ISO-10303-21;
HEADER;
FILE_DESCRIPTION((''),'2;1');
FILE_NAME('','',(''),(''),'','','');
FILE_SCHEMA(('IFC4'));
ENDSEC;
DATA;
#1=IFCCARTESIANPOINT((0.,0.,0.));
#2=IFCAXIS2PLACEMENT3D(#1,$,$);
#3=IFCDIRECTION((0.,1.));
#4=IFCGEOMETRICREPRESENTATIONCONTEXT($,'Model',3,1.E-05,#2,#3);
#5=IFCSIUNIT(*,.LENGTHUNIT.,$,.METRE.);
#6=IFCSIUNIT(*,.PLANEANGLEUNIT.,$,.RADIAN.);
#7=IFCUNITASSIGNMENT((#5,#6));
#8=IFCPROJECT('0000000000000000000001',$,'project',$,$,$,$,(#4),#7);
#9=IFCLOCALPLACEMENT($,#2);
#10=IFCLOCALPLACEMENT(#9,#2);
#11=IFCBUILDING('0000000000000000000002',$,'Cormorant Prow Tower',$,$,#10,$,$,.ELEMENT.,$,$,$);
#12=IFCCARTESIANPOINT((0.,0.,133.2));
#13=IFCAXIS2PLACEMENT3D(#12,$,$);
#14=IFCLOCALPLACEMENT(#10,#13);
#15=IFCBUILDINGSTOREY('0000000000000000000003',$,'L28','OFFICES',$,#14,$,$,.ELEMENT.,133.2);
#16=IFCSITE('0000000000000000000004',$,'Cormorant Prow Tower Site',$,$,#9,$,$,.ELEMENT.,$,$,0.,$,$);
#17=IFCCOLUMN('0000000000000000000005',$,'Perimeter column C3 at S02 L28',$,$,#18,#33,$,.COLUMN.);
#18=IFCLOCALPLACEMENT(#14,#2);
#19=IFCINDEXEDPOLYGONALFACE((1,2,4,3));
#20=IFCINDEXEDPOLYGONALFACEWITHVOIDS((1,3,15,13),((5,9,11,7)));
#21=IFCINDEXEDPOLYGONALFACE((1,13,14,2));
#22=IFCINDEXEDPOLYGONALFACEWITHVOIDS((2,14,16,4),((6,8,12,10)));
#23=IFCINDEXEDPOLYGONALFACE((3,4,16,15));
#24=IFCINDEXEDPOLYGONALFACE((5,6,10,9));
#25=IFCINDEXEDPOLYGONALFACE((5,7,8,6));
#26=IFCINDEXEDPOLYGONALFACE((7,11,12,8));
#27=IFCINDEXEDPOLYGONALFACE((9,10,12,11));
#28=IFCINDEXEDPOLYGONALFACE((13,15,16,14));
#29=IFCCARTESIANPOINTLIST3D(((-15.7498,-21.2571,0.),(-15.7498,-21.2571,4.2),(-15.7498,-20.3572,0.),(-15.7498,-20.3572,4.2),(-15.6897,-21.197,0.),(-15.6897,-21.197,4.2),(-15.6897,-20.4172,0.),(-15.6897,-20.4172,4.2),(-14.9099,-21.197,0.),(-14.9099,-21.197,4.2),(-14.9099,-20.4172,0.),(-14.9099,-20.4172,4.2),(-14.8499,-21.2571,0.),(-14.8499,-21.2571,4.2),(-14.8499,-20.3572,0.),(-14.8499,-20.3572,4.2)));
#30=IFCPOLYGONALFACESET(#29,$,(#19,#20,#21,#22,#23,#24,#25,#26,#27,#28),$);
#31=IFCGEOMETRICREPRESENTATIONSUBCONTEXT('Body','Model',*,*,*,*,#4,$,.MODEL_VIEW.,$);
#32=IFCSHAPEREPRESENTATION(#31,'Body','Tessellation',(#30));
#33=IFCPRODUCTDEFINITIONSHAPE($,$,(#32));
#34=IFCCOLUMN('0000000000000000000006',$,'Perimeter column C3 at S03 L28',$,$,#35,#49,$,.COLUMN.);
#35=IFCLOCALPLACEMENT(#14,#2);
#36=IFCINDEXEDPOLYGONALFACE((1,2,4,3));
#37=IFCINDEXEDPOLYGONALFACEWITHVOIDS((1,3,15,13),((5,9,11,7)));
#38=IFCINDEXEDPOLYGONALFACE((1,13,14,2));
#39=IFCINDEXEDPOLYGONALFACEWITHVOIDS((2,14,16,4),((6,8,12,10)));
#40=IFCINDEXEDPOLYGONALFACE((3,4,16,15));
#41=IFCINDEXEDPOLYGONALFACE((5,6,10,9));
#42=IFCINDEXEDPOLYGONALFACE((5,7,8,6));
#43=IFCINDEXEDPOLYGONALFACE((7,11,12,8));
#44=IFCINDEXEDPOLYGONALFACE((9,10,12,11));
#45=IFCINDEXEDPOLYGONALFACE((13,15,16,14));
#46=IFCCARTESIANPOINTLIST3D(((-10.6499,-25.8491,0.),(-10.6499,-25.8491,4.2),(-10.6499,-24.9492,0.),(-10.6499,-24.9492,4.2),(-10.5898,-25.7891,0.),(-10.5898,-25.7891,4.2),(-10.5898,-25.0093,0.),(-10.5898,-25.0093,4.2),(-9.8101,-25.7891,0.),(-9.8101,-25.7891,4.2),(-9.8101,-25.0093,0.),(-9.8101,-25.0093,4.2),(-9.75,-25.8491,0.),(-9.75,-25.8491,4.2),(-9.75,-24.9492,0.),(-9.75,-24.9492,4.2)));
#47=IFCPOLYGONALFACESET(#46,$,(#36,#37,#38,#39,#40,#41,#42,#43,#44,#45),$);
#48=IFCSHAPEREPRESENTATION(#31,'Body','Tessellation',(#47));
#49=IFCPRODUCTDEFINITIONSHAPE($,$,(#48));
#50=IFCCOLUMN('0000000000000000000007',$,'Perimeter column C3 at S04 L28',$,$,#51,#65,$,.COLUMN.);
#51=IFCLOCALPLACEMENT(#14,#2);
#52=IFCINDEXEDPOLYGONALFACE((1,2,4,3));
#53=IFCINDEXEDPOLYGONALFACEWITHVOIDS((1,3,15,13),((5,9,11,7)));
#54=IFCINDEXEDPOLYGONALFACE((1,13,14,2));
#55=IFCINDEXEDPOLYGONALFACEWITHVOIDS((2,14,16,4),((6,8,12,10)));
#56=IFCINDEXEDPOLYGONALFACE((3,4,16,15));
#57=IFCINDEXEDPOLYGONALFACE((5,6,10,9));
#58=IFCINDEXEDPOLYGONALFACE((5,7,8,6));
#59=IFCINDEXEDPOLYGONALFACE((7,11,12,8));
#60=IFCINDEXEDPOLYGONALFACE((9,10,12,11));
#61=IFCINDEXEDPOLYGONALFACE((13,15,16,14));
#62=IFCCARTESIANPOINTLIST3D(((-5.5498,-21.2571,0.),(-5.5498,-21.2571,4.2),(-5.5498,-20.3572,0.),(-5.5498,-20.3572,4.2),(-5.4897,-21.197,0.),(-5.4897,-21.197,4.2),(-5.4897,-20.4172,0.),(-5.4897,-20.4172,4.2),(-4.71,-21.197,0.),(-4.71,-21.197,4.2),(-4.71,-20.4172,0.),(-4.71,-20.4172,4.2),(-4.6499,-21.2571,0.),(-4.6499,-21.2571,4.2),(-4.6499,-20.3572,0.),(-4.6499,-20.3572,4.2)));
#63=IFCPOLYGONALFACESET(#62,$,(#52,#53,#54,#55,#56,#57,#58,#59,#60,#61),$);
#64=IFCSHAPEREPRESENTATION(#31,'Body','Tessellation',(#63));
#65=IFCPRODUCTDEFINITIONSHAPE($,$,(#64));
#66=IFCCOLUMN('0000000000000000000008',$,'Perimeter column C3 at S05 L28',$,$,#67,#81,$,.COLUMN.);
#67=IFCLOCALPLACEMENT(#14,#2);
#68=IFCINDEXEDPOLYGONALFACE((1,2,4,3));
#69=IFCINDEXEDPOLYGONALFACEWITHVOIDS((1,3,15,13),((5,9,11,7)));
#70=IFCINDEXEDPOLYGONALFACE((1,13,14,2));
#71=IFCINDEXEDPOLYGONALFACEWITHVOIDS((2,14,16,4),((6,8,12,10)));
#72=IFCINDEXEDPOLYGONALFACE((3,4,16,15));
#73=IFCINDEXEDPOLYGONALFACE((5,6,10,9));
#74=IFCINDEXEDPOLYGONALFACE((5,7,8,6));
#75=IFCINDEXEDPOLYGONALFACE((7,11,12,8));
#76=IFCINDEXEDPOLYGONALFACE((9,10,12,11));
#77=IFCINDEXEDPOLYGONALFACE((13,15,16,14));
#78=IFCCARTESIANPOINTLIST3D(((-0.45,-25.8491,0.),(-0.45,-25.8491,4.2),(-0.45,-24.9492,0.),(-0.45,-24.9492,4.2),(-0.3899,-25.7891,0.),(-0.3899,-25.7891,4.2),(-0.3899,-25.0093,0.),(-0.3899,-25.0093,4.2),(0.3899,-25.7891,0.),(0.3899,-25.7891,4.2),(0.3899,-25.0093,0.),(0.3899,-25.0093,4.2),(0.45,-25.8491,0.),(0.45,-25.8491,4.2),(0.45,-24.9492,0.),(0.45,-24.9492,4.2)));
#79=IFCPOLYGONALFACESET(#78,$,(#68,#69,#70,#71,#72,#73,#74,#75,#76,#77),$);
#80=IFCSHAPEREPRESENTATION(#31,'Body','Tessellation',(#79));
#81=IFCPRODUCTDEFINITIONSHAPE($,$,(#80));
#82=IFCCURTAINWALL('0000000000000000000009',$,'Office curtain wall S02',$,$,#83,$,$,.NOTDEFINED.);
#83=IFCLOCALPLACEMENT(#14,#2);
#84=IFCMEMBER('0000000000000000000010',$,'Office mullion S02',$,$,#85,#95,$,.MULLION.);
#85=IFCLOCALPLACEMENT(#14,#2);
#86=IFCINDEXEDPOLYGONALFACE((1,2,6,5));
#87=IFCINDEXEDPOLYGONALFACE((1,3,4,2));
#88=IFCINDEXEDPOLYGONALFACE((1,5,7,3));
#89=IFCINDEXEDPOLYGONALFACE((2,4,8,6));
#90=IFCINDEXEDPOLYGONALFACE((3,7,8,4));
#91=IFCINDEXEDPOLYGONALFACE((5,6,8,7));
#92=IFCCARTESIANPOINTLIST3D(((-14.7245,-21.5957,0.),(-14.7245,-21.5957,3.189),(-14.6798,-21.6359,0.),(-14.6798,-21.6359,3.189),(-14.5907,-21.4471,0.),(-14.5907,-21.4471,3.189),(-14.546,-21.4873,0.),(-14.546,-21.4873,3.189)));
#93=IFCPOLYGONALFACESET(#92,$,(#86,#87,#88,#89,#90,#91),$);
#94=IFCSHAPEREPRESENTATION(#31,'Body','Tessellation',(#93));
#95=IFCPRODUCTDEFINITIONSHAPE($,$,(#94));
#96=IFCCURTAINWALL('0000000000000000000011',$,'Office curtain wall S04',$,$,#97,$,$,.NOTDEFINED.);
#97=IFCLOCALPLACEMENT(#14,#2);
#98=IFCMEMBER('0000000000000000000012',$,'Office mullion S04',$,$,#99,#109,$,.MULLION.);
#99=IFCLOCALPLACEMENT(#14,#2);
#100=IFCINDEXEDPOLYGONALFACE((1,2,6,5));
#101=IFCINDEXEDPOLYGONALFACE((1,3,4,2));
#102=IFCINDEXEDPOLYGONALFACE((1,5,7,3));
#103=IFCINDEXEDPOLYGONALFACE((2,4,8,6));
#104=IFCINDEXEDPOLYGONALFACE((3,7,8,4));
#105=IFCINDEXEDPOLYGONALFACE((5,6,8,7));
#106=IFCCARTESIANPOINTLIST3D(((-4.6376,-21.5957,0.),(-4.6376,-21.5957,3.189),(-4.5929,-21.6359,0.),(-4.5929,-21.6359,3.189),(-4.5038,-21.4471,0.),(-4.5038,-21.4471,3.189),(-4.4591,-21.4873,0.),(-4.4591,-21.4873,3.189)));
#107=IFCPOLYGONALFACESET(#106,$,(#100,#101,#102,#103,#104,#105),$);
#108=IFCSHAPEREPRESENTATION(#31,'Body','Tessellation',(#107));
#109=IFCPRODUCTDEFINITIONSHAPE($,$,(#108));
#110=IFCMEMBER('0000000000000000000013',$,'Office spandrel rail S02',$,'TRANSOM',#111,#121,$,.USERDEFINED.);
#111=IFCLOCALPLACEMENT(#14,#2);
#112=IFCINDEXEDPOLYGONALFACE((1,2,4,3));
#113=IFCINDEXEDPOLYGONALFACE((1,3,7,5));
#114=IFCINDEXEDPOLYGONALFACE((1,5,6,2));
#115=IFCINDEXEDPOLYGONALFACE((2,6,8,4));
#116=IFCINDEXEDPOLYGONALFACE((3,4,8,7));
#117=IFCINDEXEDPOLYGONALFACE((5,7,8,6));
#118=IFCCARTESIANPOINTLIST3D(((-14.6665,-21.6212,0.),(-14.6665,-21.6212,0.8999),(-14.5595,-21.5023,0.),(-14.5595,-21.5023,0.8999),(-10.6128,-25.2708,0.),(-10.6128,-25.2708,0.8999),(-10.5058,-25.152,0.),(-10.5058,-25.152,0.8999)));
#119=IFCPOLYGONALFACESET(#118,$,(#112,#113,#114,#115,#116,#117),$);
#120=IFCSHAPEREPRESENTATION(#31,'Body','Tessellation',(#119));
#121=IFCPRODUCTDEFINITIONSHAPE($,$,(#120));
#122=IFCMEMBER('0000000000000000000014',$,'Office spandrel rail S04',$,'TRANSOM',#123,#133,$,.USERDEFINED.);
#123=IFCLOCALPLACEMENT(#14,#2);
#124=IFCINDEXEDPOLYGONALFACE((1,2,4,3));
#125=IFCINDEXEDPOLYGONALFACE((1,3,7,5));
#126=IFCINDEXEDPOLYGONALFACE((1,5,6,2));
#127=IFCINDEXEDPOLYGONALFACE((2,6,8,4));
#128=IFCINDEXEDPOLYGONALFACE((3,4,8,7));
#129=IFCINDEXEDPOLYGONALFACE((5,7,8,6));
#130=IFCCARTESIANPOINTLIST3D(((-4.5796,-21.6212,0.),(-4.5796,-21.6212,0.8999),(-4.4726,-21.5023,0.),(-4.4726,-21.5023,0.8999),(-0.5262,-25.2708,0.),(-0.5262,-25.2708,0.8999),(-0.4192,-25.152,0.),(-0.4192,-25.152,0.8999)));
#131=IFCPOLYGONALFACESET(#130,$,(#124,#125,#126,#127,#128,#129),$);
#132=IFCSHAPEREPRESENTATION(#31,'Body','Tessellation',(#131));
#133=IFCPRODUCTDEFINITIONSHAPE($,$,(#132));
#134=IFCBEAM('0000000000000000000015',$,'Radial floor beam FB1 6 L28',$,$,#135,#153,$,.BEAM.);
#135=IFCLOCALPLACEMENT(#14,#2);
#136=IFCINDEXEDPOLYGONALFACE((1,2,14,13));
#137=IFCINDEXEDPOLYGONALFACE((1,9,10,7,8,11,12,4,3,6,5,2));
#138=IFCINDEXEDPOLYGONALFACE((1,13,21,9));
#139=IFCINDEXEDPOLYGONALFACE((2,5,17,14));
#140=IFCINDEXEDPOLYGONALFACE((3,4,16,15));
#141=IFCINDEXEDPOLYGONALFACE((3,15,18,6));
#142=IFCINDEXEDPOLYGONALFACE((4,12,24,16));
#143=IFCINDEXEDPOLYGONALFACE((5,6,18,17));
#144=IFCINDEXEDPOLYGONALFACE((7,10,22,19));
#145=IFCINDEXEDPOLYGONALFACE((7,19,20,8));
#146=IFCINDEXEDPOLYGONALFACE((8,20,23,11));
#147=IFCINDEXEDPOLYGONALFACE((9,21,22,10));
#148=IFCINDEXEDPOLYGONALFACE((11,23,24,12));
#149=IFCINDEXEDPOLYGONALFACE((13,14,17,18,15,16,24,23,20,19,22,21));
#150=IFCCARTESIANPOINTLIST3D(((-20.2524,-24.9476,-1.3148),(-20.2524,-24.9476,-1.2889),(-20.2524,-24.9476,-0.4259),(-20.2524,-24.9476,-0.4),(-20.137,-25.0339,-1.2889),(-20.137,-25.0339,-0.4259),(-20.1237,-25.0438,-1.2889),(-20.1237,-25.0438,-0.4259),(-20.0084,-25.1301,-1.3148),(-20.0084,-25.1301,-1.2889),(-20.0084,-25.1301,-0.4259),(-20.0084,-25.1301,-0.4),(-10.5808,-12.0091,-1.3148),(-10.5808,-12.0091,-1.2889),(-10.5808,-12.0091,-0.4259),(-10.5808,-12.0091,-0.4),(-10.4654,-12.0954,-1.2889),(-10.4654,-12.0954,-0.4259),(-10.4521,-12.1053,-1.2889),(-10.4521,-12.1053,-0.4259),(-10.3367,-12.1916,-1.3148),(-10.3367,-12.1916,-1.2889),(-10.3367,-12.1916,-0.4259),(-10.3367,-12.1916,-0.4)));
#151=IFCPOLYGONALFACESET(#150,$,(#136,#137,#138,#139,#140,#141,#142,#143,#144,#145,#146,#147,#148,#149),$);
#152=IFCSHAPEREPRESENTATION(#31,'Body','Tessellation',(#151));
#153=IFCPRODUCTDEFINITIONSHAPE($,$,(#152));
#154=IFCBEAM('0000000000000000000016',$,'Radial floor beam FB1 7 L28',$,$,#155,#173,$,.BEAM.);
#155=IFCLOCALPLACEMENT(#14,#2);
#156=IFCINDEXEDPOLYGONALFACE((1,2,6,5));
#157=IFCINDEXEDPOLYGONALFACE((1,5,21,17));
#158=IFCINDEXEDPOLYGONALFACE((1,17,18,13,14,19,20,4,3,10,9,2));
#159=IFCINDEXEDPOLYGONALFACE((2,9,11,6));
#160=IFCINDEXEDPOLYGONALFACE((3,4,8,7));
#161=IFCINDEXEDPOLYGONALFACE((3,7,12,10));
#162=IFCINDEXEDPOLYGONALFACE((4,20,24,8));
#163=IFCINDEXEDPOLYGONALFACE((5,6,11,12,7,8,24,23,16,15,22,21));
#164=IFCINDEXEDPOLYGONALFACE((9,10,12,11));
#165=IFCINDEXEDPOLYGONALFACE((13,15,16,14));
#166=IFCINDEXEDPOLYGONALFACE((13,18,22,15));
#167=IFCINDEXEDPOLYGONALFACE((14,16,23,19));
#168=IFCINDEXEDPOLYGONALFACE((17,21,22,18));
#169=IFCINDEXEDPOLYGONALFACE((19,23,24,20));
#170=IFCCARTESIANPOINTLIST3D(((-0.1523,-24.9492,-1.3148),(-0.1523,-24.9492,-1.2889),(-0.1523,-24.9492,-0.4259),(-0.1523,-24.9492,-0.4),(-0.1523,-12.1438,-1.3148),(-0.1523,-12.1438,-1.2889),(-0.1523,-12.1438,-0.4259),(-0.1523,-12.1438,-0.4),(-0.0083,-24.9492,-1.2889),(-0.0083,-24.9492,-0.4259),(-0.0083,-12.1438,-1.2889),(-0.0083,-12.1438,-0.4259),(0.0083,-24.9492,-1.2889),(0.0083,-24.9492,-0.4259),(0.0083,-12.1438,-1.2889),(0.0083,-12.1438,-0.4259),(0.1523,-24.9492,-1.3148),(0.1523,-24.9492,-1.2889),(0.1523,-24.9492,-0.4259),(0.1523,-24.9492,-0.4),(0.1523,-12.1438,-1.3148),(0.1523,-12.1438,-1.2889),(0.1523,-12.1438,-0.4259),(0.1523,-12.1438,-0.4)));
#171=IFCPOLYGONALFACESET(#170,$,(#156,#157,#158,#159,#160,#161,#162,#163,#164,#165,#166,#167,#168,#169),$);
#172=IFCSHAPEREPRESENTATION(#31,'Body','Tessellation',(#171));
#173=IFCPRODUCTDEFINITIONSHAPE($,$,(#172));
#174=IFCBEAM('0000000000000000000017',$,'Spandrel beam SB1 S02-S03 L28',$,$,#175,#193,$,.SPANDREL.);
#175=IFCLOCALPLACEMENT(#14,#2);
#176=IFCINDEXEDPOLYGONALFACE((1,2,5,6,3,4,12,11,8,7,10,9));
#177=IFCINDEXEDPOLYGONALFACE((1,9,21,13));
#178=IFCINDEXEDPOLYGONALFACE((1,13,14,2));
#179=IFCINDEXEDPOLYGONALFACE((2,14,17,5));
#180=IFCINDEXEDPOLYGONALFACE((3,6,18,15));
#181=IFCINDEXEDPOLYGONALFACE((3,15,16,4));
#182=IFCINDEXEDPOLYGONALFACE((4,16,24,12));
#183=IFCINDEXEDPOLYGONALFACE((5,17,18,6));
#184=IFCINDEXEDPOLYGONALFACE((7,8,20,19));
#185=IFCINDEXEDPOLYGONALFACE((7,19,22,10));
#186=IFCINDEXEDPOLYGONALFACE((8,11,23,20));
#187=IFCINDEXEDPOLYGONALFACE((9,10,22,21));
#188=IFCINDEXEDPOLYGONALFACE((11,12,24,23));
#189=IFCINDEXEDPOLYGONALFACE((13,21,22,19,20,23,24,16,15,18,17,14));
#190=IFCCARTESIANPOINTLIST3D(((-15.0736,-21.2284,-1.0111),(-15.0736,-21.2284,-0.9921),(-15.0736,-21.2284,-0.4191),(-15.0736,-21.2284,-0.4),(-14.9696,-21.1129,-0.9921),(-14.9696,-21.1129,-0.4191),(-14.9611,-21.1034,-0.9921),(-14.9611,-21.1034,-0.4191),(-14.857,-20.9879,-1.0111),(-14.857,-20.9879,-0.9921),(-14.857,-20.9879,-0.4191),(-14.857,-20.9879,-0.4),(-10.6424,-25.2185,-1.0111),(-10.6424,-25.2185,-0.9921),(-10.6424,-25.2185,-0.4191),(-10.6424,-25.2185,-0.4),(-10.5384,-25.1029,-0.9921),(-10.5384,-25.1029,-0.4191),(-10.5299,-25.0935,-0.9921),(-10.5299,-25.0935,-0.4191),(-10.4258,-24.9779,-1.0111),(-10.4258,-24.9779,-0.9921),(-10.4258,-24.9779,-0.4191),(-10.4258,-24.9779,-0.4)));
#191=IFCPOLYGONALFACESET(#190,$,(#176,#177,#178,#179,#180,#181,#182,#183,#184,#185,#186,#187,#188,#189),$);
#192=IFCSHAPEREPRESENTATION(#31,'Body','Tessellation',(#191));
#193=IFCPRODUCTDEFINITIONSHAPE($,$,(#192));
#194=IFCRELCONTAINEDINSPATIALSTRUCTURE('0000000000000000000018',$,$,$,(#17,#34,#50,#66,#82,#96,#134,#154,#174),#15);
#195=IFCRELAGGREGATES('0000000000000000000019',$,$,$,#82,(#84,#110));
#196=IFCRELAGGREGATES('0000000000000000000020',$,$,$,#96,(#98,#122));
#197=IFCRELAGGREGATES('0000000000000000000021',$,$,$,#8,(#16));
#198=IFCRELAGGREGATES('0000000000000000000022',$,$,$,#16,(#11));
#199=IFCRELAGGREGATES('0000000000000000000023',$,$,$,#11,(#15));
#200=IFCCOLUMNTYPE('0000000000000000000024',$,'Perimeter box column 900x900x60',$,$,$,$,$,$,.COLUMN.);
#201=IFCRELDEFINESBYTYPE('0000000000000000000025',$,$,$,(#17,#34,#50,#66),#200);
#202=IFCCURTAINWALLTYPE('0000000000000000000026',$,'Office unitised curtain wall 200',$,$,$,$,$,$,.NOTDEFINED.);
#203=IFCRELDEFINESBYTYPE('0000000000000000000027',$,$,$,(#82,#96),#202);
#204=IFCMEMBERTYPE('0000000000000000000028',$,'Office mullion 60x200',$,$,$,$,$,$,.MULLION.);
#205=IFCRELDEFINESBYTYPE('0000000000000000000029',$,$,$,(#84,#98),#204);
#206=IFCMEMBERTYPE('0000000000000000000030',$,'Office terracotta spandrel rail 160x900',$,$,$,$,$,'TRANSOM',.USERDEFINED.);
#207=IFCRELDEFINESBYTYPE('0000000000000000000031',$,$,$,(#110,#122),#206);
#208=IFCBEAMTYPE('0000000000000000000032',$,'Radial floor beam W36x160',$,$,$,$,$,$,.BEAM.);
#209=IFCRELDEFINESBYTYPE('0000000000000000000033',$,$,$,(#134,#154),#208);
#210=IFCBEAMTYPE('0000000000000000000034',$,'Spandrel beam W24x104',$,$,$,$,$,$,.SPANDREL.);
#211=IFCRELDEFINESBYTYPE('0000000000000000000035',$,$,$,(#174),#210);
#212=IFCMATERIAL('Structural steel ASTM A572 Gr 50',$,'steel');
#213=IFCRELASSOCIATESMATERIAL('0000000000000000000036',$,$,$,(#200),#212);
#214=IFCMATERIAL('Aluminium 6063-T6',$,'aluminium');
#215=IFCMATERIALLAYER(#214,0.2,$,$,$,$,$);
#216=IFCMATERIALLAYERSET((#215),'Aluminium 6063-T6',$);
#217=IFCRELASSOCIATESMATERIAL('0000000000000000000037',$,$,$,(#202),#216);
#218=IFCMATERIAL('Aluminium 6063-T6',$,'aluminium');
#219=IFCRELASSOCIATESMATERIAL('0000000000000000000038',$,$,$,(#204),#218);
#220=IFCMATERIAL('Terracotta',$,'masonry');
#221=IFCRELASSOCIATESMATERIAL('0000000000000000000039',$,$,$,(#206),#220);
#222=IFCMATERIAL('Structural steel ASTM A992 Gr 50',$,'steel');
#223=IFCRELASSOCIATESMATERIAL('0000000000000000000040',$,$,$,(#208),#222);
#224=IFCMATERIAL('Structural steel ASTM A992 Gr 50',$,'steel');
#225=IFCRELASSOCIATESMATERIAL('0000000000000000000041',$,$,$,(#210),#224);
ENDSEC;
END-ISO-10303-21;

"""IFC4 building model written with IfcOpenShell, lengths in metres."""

from ifc_helpers import new_model, si_unit, direction, frame, origin, origin_2d, place, context, subcontext, project, spatial, rectangle, hollow_rectangle, i_section, extrude, material, layer, layer_set, material_profile, profile_set, type_object, element, aggregate, save


model = new_model("IFC4")

# Units and contexts
model_context = context("Model", 3, precision=1e-05, world=origin(), true_north=direction((0.0, 1.0)))
body_context = subcontext(model_context, "Body", "Model", "MODEL_VIEW")
ifc_project = project(units=[si_unit("LENGTHUNIT", "METRE"), si_unit("PLANEANGLEUNIT", "RADIAN")], contexts=[model_context])

# Site, building, storey
site_placement = place(None, origin())
site = spatial("IfcSite", under=ifc_project, at=site_placement, Name="Cormorant Prow Tower Site", CompositionType="ELEMENT", RefElevation=0.0)
building_placement = place(site_placement, origin())
building = spatial("IfcBuilding", under=site, at=building_placement, Name="Cormorant Prow Tower", CompositionType="ELEMENT")
storey_placement = place(building_placement, frame((0.0, 0.0, 133.2)))
storey = spatial("IfcBuildingStorey", under=building, at=storey_placement, Name="L28", Description="OFFICES", CompositionType="ELEMENT", Elevation=133.2)

# Columns
ifc_material_1 = material(Name="Structural steel ASTM A572 Gr 50", Category="steel")
ifc_material_profile_1 = material_profile(ifc_material_1, hollow_rectangle(XDim=0.8999, YDim=0.8999, WallThickness=0.0601, at=origin_2d()), Name="Box 900x900x60")
ifc_profile_set_1 = profile_set([ifc_material_profile_1], Name="Structural steel ASTM A572 Gr 50")
column_type = type_object("IfcColumnType", Name="Perimeter box column 900x900x60", PredefinedType="COLUMN", material=ifc_profile_set_1)
for number, where, z_axis, x_axis, name in (
    (1, (-15.2998, -20.8071, 0.0), (0.0, 0.0, 1.0), (1.0, 0.0, 0.0), "Perimeter column C3 at S02 L28"),
    (2, (-10.2, -25.3992, 0.0), (0.0, 0.0, 1.0), (1.0, 0.0, 0.0), "Perimeter column C3 at S03 L28"),
    (3, (-5.0999, -20.8071, 0.0), (0.0, 0.0, 1.0), (1.0, 0.0, 0.0), "Perimeter column C3 at S04 L28"),
    (4, (0.0, -25.3992, 0.0), (0.0, 0.0, 1.0), (1.0, 0.0, 0.0), "Perimeter column C3 at S05 L28"),
):
    element("IfcColumn", number, at=place(storey_placement, frame(where, z_axis=z_axis, x_axis=x_axis)), inside=storey, type_object=column_type, Name=name, PredefinedType="COLUMN", context=body_context, shape_type="SweptSolid", body=[
        extrude(hollow_rectangle(XDim=0.8999, YDim=0.8999, WallThickness=0.0601, at=origin_2d()), origin(), (0.0, 0.0, 1.0), 4.2),
    ])

# Curtain walls, members
ifc_material_2 = material(Name="Aluminium 6063-T6", Category="aluminium")
ifc_layer_1 = layer(ifc_material_2, 0.2)
ifc_layer_set_1 = layer_set([ifc_layer_1], Name="Aluminium 6063-T6")
curtain_wall_type = type_object("IfcCurtainWallType", Name="Office unitised curtain wall 200", PredefinedType="NOTDEFINED", material=ifc_layer_set_1)
curtain_wall_1_placement = place(storey_placement, origin())
curtain_wall_1 = element("IfcCurtainWall", 5, at=curtain_wall_1_placement, inside=storey, type_object=curtain_wall_type, Name="Office curtain wall S02", PredefinedType="NOTDEFINED")
ifc_material_3 = material(Name="Aluminium 6063-T6", Category="aluminium")
ifc_material_profile_2 = material_profile(ifc_material_3, rectangle(XDim=0.2, YDim=0.0601, at=origin_2d()), Name="Office mullion 60x200")
ifc_profile_set_2 = profile_set([ifc_material_profile_2], Name="Aluminium 6063-T6")
member_type_1 = type_object("IfcMemberType", Name="Office mullion 60x200", PredefinedType="MULLION", material=ifc_profile_set_2)
member_1_placement = place(storey_placement, frame((-14.6353, -21.5415, 0.0), z_axis=(0.0, 0.0, 1.0), x_axis=(0.669131, 0.743145, 0.0)))
member_1 = element("IfcMember", 6, at=member_1_placement, type_object=member_type_1, Name="Office mullion S02", PredefinedType="MULLION", context=body_context, shape_type="SweptSolid", body=[
    extrude(rectangle(XDim=0.2, YDim=0.0601, at=origin_2d()), origin(), (0.0, 0.0, 1.0), 3.189),
])
curtain_wall_2_placement = place(storey_placement, origin())
curtain_wall_2 = element("IfcCurtainWall", 7, at=curtain_wall_2_placement, inside=storey, type_object=curtain_wall_type, Name="Office curtain wall S04", PredefinedType="NOTDEFINED")
member_2_placement = place(storey_placement, frame((-4.5483, -21.5415, 0.0), z_axis=(0.0, 0.0, 1.0), x_axis=(0.669131, 0.743145, 0.0)))
member_2 = element("IfcMember", 8, at=member_2_placement, type_object=member_type_1, Name="Office mullion S04", PredefinedType="MULLION", context=body_context, shape_type="SweptSolid", body=[
    extrude(rectangle(XDim=0.2, YDim=0.0601, at=origin_2d()), origin(), (0.0, 0.0, 1.0), 3.189),
])

# Members
ifc_material_4 = material(Name="Terracotta", Category="masonry")
ifc_material_profile_3 = material_profile(ifc_material_4, rectangle(XDim=0.1599, YDim=0.8999, at=origin_2d()), Name="Office terracotta spandrel rail 160x900")
ifc_profile_set_3 = profile_set([ifc_material_profile_3], Name="Terracotta")
member_type_2 = type_object("IfcMemberType", Name="Office terracotta spandrel rail 160x900", ElementType="TRANSOM", PredefinedType="USERDEFINED", material=ifc_profile_set_3)
member_3_placement = place(storey_placement, frame((-14.613, -21.5618, 0.45), z_axis=(0.743174, -0.669098, 0.0), x_axis=(0.669098, 0.743174, 0.0)))
member_3 = element("IfcMember", 9, at=member_3_placement, type_object=member_type_2, Name="Office spandrel rail S02", ObjectType="TRANSOM", PredefinedType="USERDEFINED", context=body_context, shape_type="SweptSolid", body=[
    extrude(rectangle(XDim=0.1599, YDim=0.8999, at=origin_2d()), origin(), (0.0, 0.0, 1.0), 5.4546),
])
member_4_placement = place(storey_placement, frame((-4.5261, -21.5618, 0.45), z_axis=(0.743154, -0.669121, 0.0), x_axis=(0.669121, 0.743154, 0.0)))
member_4 = element("IfcMember", 10, at=member_4_placement, type_object=member_type_2, Name="Office spandrel rail S04", ObjectType="TRANSOM", PredefinedType="USERDEFINED", context=body_context, shape_type="SweptSolid", body=[
    extrude(rectangle(XDim=0.1599, YDim=0.8999, at=origin_2d()), origin(), (0.0, 0.0, 1.0), 5.4543),
])

# Beams
ifc_material_5 = material(Name="Structural steel ASTM A992 Gr 50", Category="steel")
ifc_material_profile_4 = material_profile(ifc_material_5, i_section(OverallWidth=0.3047, OverallDepth=0.9148, WebThickness=0.0166, FlangeThickness=0.0259, at=origin_2d()), Name="W36x160")
ifc_profile_set_4 = profile_set([ifc_material_profile_4], Name="Structural steel ASTM A992 Gr 50")
beam_type_1 = type_object("IfcBeamType", Name="Radial floor beam W36x160", PredefinedType="BEAM", material=ifc_profile_set_4)
beam_1_placement = place(storey_placement, frame((-10.4587, -12.1003, -0.8574), z_axis=(-0.598722, -0.800957, 0.0), x_axis=(0.800957, -0.598722, 0.0)))
element("IfcBeam", 11, at=beam_1_placement, inside=storey, type_object=beam_type_1, Name="Radial floor beam FB1 6 L28", PredefinedType="BEAM", context=body_context, shape_type="SweptSolid", body=[
    extrude(i_section(OverallWidth=0.3047, OverallDepth=0.9148, WebThickness=0.0166, FlangeThickness=0.0259, at=origin_2d()), origin(), (0.0, 0.0, 1.0), 16.1538),
])
beam_2_placement = place(storey_placement, frame((0.0, -12.1438, -0.8574), z_axis=(0.0, -1.0, 0.0), x_axis=(1.0, 0.0, 0.0)))
element("IfcBeam", 12, at=beam_2_placement, inside=storey, type_object=beam_type_1, Name="Radial floor beam FB1 7 L28", PredefinedType="BEAM", context=body_context, shape_type="SweptSolid", body=[
    extrude(i_section(OverallWidth=0.3047, OverallDepth=0.9148, WebThickness=0.0166, FlangeThickness=0.0259, at=origin_2d()), origin(), (0.0, 0.0, 1.0), 12.8054),
])
ifc_material_6 = material(Name="Structural steel ASTM A992 Gr 50", Category="steel")
ifc_material_profile_5 = material_profile(ifc_material_6, i_section(OverallWidth=0.3237, OverallDepth=0.6111, WebThickness=0.0127, FlangeThickness=0.019, at=origin_2d()), Name="W24x104")
ifc_profile_set_5 = profile_set([ifc_material_profile_5], Name="Structural steel ASTM A992 Gr 50")
beam_type_2 = type_object("IfcBeamType", Name="Spandrel beam W24x104", PredefinedType="SPANDREL", material=ifc_profile_set_5)
for number, where, z_axis, x_axis, name in (
    (13, (-14.9653, -21.1082, -0.7056), (0.743131, -0.669146, 0.0), (0.669146, 0.743131, 0.0), "Spandrel beam SB1 S02-S03 L28"),
):
    element("IfcBeam", number, at=place(storey_placement, frame(where, z_axis=z_axis, x_axis=x_axis)), inside=storey, type_object=beam_type_2, Name=name, PredefinedType="SPANDREL", context=body_context, shape_type="SweptSolid", body=[
        extrude(i_section(OverallWidth=0.3237, OverallDepth=0.6111, WebThickness=0.0127, FlangeThickness=0.019, at=origin_2d()), origin(), (0.0, 0.0, 1.0), 5.9629),
    ])

aggregate(curtain_wall_1, [member_1, member_3])
aggregate(curtain_wall_2, [member_2, member_4])

save(model, "model.ifc")
